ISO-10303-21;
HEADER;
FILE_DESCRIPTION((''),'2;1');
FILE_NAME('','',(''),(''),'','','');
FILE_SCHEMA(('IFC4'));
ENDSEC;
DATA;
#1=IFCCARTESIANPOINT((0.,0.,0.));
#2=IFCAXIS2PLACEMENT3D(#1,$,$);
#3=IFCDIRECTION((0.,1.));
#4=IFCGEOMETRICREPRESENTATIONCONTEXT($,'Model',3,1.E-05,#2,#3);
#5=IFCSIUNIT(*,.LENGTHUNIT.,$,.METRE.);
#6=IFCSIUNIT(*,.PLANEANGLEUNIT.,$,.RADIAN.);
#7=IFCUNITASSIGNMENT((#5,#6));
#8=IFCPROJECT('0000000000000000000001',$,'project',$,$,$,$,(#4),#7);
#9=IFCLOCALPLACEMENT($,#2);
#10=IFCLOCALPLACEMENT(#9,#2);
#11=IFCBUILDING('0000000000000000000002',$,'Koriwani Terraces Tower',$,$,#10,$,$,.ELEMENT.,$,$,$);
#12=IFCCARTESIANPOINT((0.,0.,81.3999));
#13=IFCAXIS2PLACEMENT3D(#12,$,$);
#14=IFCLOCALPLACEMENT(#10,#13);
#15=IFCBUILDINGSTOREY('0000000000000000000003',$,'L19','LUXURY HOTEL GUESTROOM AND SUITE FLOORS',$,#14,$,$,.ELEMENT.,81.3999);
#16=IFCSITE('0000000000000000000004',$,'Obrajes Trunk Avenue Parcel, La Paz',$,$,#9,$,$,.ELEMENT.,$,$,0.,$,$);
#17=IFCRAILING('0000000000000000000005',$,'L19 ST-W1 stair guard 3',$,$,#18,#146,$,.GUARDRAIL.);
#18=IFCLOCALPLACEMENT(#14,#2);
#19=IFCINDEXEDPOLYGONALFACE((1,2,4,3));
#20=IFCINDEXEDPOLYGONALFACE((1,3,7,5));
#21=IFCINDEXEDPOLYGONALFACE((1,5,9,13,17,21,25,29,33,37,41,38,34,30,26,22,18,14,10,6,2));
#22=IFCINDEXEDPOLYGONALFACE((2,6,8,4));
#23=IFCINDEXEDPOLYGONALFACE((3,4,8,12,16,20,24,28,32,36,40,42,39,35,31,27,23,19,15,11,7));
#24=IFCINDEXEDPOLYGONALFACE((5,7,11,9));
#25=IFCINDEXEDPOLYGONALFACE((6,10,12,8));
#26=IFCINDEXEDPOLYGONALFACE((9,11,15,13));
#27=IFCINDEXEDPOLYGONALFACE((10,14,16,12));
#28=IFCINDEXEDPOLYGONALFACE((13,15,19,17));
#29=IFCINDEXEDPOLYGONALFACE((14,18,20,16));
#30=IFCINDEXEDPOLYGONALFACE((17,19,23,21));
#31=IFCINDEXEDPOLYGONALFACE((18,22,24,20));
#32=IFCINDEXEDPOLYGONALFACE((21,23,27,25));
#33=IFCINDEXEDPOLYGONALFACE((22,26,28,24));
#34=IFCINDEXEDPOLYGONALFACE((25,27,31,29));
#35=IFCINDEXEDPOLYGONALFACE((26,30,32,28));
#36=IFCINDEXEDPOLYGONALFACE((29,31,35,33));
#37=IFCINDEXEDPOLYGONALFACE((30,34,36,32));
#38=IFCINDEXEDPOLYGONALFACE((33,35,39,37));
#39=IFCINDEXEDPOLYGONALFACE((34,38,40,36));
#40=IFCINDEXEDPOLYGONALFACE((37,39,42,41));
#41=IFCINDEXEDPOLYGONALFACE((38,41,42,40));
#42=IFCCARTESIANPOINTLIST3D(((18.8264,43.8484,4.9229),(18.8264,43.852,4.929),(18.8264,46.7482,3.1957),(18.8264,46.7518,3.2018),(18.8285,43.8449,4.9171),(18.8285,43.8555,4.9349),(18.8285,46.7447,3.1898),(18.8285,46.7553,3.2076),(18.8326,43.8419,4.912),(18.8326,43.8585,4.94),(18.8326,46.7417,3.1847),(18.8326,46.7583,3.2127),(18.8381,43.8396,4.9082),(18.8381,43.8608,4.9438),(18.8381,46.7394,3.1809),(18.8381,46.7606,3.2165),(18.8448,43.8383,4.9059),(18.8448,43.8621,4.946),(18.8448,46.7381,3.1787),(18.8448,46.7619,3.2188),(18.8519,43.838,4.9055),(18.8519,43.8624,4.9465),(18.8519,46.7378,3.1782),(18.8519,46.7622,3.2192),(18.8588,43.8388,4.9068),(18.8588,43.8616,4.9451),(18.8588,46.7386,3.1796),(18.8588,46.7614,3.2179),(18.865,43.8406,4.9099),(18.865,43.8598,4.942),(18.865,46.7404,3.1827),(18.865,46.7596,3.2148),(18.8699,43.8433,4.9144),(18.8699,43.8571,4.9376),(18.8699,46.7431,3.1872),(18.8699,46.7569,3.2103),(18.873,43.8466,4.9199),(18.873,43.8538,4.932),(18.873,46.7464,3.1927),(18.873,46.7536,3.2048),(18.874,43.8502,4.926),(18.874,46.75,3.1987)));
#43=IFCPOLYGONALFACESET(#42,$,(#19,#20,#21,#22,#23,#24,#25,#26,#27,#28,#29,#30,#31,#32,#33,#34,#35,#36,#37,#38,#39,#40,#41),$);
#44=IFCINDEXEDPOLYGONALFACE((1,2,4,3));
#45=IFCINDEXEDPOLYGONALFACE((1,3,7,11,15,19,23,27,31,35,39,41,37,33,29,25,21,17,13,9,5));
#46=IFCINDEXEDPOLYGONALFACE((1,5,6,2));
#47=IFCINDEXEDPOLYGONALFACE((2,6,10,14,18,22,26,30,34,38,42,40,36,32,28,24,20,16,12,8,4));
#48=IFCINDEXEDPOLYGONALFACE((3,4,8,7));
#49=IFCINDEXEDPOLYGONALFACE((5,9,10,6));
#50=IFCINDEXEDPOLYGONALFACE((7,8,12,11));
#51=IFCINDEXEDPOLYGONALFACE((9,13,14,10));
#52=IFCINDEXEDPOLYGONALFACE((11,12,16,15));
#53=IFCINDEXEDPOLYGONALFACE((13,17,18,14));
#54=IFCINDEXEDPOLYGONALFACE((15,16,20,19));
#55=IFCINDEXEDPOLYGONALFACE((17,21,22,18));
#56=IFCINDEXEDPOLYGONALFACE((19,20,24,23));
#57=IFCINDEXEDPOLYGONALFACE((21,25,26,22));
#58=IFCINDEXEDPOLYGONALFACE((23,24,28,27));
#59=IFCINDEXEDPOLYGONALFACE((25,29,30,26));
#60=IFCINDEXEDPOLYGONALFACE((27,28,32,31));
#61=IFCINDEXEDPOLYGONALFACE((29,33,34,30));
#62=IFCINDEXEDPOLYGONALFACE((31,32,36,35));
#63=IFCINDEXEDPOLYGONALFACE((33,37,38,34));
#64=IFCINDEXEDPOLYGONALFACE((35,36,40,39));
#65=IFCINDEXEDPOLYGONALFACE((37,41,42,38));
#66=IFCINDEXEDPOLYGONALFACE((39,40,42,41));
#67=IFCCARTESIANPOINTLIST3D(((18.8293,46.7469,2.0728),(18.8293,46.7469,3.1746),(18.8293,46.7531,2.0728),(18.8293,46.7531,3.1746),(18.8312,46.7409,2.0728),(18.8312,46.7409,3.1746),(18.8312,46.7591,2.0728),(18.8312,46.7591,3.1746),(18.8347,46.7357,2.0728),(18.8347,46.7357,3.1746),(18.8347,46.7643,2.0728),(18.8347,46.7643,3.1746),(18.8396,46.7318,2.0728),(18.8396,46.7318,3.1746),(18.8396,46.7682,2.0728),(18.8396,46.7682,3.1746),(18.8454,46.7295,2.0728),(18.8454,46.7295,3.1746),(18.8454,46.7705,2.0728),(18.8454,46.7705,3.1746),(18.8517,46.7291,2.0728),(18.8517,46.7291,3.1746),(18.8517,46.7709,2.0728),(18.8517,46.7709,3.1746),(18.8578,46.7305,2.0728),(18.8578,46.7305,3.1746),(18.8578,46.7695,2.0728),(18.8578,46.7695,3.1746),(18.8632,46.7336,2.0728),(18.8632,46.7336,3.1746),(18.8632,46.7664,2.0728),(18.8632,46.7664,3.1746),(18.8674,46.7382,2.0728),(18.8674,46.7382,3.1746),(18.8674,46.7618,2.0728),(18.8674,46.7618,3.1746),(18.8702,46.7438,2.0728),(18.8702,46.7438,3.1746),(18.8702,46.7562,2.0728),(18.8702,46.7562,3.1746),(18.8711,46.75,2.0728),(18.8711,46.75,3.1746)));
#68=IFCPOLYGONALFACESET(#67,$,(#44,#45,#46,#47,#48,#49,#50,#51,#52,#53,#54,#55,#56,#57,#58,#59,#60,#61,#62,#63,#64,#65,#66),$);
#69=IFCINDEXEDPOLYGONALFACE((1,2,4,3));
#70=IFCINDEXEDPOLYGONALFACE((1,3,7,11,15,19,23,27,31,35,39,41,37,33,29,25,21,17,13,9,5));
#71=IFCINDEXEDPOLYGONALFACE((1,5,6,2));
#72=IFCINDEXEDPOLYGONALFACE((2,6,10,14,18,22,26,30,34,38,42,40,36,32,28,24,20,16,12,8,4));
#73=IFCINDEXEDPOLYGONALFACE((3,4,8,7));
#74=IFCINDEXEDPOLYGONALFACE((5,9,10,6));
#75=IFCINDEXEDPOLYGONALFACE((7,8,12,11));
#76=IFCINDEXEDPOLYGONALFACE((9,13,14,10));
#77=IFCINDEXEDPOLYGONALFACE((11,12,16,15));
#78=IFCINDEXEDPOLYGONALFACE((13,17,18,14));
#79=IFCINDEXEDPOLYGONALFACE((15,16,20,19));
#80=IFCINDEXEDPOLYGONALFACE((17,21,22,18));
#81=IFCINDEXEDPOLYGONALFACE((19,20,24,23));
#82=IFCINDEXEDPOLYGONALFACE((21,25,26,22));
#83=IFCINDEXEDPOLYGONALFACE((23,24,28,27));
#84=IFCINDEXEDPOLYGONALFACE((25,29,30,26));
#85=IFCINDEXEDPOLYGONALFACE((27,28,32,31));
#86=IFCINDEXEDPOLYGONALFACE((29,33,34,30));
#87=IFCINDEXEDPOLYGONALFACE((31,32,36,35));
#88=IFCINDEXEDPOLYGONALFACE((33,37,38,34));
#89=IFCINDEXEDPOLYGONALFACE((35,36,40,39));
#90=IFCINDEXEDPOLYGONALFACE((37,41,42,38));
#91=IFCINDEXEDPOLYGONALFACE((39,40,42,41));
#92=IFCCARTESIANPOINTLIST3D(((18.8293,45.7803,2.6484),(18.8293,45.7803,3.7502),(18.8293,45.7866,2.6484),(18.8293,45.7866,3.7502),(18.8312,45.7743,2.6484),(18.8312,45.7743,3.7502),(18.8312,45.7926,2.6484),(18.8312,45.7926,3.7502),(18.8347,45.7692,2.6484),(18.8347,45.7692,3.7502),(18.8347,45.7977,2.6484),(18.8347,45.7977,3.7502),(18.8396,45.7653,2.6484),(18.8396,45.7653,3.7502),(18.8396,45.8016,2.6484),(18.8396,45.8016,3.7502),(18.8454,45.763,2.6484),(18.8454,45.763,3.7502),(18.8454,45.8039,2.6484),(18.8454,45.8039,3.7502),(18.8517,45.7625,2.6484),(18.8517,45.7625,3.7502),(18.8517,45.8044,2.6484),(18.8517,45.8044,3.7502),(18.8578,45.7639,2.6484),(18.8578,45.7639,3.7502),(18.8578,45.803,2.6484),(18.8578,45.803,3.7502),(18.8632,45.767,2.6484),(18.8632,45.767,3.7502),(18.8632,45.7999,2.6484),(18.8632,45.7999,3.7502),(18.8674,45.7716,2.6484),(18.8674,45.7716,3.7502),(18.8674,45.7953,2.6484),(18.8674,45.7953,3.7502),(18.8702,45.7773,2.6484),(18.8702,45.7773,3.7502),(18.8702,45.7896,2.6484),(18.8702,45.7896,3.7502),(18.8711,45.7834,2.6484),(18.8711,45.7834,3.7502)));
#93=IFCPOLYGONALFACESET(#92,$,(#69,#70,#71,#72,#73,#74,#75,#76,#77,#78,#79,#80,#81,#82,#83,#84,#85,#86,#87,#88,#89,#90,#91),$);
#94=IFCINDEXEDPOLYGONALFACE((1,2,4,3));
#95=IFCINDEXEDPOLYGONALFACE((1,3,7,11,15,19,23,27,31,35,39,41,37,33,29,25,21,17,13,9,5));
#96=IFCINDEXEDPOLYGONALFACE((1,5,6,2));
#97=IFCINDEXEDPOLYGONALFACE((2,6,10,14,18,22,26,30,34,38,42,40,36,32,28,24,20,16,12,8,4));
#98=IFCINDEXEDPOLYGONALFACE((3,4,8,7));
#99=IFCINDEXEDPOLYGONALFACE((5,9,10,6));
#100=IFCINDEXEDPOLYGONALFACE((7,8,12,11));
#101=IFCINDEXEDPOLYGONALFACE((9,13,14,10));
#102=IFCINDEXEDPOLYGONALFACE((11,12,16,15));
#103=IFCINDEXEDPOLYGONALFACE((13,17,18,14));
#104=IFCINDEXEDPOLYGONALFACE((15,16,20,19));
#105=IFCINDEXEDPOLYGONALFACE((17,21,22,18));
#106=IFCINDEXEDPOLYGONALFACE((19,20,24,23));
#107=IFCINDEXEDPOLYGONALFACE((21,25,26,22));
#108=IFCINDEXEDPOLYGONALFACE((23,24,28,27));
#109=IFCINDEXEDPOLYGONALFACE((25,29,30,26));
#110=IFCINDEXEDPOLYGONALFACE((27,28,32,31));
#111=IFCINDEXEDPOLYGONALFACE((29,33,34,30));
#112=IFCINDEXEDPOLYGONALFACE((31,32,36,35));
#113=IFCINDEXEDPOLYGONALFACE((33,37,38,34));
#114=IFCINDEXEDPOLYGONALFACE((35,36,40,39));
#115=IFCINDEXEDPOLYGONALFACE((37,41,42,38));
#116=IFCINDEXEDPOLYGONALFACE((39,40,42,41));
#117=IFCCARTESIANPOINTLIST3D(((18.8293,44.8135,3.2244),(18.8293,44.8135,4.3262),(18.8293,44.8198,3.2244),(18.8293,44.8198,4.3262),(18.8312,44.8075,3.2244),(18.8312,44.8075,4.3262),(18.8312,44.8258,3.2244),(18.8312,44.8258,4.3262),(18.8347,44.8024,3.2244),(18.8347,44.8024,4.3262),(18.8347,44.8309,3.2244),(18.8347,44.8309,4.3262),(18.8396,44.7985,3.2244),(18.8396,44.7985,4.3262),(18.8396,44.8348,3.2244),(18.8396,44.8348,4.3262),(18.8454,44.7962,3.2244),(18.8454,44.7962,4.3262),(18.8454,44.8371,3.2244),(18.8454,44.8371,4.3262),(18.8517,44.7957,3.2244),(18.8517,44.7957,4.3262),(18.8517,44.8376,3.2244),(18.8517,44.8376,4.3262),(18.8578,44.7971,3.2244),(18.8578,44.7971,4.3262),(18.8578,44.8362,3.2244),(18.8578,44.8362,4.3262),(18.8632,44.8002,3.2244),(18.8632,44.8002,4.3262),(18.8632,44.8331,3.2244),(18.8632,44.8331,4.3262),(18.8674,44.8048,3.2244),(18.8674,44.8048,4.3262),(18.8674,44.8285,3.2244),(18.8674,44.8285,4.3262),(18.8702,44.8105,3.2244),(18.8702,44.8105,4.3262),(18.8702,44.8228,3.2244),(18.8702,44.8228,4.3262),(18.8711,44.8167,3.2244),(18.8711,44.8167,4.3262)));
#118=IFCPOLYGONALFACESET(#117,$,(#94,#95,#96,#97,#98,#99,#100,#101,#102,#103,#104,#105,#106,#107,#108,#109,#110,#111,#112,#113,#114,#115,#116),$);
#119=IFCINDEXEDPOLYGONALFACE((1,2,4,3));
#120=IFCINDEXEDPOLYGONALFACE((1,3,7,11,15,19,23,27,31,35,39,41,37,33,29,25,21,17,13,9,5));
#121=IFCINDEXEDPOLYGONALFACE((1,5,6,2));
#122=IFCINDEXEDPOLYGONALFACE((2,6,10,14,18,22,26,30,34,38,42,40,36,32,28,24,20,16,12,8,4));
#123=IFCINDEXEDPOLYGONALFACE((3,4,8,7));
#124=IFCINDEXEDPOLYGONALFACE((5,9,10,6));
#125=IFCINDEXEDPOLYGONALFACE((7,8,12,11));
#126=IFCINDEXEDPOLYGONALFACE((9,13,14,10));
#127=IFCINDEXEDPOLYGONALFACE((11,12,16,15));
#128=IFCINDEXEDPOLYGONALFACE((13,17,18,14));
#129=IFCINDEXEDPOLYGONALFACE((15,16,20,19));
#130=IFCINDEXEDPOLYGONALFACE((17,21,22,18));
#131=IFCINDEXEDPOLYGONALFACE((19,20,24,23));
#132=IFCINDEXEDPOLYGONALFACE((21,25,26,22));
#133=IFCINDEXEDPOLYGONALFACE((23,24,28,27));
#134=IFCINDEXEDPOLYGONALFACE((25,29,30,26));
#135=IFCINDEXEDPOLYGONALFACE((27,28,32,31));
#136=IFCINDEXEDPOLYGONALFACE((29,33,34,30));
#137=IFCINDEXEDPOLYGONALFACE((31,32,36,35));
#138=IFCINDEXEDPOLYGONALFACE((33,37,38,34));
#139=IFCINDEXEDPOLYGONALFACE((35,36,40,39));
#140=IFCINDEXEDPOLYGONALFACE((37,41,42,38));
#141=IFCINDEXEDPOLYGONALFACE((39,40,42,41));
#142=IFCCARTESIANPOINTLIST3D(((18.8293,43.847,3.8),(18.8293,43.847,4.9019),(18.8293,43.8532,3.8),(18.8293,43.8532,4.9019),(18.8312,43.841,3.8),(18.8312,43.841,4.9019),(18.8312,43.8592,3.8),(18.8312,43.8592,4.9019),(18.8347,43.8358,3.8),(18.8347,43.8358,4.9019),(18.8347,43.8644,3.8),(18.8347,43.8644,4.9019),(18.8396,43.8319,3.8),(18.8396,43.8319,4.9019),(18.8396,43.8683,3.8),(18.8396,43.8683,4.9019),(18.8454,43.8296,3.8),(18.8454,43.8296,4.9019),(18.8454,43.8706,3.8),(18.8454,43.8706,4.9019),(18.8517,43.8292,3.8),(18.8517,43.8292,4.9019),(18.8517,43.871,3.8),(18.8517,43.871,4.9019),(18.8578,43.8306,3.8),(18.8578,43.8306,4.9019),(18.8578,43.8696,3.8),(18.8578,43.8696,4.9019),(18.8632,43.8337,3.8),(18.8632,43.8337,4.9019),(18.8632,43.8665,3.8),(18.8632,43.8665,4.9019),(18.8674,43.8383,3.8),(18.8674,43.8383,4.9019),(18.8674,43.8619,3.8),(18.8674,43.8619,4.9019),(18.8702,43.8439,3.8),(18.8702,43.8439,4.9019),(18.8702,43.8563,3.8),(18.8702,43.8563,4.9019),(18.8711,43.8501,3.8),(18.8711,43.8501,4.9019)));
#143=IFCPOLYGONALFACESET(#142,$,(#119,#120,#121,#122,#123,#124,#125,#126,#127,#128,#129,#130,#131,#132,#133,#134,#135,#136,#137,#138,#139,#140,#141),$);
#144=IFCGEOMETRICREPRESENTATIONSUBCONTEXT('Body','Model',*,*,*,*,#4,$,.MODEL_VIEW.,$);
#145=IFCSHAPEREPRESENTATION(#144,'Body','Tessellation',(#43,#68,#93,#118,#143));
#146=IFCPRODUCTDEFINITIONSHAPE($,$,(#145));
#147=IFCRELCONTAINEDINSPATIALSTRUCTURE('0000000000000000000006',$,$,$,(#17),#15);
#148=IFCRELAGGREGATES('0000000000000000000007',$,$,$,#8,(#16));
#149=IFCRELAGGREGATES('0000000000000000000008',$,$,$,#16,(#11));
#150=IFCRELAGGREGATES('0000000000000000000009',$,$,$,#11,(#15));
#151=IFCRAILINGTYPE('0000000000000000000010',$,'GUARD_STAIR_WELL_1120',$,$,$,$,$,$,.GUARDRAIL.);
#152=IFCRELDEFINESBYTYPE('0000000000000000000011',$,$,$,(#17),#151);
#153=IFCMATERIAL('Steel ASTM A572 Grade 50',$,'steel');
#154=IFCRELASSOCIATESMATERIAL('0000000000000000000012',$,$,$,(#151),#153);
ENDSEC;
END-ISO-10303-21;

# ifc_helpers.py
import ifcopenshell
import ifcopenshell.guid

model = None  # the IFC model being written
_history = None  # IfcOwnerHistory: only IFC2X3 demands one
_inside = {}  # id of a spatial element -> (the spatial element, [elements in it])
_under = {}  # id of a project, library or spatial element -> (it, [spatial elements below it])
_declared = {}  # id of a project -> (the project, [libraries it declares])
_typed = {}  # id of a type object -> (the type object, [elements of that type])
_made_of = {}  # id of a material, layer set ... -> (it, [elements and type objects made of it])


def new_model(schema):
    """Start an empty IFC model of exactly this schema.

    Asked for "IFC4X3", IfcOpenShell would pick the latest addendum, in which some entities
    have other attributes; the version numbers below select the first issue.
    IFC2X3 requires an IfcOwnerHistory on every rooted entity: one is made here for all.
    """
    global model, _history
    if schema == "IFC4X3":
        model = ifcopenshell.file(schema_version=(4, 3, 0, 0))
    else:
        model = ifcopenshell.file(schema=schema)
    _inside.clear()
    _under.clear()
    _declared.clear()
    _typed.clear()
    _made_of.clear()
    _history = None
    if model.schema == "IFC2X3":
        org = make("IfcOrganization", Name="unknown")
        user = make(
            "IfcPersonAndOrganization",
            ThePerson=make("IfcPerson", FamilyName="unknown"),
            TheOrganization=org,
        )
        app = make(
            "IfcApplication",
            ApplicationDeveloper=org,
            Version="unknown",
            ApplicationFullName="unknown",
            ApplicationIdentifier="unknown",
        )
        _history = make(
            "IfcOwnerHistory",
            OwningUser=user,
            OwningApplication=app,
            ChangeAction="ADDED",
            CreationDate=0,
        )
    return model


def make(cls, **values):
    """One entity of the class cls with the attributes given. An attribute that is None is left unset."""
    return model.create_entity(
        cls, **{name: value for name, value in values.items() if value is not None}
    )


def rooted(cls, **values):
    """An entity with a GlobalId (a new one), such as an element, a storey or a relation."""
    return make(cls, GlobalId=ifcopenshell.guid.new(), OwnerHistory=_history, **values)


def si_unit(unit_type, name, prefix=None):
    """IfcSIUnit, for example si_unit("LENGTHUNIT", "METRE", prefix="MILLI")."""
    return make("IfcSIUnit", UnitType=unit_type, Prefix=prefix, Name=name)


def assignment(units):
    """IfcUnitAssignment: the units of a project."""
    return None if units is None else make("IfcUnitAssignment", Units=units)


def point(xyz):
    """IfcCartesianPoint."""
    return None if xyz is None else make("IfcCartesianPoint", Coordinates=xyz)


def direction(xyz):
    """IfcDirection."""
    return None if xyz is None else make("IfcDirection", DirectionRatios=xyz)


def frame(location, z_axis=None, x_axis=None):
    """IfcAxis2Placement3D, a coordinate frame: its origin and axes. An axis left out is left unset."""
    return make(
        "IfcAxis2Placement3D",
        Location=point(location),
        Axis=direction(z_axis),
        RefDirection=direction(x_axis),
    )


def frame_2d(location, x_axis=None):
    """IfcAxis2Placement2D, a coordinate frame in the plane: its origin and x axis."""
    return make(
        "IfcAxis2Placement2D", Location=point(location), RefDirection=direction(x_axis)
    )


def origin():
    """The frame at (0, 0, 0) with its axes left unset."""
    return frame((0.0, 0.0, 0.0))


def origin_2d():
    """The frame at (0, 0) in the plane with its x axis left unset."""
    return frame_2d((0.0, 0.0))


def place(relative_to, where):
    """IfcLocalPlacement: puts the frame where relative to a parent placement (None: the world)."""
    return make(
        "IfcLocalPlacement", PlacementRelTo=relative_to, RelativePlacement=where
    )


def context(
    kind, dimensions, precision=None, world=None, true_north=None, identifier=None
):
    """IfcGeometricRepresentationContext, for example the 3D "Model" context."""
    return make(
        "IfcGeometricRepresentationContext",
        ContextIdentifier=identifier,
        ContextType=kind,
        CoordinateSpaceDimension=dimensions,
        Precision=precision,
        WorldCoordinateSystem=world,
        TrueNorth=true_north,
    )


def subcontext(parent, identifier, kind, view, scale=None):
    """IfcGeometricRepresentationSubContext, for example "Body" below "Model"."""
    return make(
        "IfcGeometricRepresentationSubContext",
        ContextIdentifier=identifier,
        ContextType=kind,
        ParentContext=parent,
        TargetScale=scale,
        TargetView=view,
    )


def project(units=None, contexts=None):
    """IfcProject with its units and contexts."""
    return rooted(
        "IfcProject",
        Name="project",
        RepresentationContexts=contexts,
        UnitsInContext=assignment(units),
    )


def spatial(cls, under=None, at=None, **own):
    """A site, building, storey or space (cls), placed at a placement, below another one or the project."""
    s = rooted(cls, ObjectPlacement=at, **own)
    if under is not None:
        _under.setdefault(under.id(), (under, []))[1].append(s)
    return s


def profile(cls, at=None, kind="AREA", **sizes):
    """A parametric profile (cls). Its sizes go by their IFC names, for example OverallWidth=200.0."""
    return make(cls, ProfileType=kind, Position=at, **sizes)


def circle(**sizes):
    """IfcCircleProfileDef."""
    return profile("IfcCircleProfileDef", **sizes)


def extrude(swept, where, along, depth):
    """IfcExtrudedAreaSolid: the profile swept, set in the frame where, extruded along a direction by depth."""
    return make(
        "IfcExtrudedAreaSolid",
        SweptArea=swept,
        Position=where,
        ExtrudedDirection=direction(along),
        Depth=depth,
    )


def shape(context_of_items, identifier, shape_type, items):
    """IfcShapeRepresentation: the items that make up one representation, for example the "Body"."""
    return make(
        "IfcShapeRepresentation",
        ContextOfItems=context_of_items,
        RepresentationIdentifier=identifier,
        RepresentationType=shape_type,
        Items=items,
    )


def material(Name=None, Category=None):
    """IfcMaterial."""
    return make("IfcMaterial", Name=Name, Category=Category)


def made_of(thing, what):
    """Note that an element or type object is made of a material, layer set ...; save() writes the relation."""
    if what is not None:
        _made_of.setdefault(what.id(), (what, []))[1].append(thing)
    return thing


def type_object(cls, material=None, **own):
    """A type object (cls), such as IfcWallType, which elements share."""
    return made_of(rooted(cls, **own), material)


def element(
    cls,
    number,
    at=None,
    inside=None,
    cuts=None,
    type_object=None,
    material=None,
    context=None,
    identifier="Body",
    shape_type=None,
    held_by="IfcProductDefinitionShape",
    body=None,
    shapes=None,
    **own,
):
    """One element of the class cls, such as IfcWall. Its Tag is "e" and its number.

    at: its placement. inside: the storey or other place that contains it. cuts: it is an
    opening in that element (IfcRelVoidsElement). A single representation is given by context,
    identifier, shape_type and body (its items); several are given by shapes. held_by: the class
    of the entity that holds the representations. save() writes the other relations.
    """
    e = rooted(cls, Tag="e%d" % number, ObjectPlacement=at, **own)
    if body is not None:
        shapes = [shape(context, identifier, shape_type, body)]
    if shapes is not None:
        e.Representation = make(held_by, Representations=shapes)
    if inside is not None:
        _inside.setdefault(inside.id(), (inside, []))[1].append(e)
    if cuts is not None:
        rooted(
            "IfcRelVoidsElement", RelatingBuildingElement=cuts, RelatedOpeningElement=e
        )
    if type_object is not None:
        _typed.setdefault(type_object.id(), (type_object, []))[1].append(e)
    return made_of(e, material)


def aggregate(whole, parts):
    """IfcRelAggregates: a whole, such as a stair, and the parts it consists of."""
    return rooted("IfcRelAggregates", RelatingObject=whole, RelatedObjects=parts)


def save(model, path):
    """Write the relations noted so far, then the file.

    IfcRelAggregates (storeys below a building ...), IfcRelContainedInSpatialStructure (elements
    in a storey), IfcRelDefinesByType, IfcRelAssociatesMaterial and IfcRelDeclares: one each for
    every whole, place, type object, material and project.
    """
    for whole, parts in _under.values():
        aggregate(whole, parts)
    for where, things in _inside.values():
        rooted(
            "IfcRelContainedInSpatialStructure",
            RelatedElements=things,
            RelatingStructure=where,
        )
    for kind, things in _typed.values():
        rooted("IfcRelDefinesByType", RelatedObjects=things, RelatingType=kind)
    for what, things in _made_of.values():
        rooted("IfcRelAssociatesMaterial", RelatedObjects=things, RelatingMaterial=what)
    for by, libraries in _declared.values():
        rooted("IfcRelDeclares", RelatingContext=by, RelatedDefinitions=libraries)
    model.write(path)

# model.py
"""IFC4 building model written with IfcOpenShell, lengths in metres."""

from ifc_helpers import new_model, si_unit, direction, frame, origin, origin_2d, place, context, subcontext, project, spatial, circle, extrude, material, type_object, element, save


model = new_model("IFC4")

# Units and contexts
model_context = context("Model", 3, precision=1e-05, world=origin(), true_north=direction((0.0, 1.0)))
body_context = subcontext(model_context, "Body", "Model", "MODEL_VIEW")
ifc_project = project(units=[si_unit("LENGTHUNIT", "METRE"), si_unit("PLANEANGLEUNIT", "RADIAN")], contexts=[model_context])

# Site, building, storey
site_placement = place(None, origin())
site = spatial("IfcSite", under=ifc_project, at=site_placement, Name="Obrajes Trunk Avenue Parcel, La Paz", CompositionType="ELEMENT", RefElevation=0.0)
building_placement = place(site_placement, origin())
building = spatial("IfcBuilding", under=site, at=building_placement, Name="Koriwani Terraces Tower", CompositionType="ELEMENT")
storey_placement = place(building_placement, frame((0.0, 0.0, 81.3999)))
storey = spatial("IfcBuildingStorey", under=building, at=storey_placement, Name="L19", Description="LUXURY HOTEL GUESTROOM AND SUITE FLOORS", CompositionType="ELEMENT", Elevation=81.3999)

# Shared definitions
ifc_material_1 = material(Name="Steel ASTM A572 Grade 50", Category="steel")

# Railing
railing_type_1 = type_object("IfcRailingType", Name="GUARD_STAIR_WELL_1120", PredefinedType="GUARDRAIL", material=ifc_material_1)
for number, where, name in (
    (1, (18.8501, 46.75, 2.0728), "L19 ST-W1 stair guard 3"),
):
    element("IfcRailing", number, at=place(storey_placement, frame(where)), inside=storey, type_object=railing_type_1, Name=name, PredefinedType="GUARDRAIL", context=body_context, shape_type="SweptSolid", body=[
        extrude(circle(Radius=0.0239, at=origin_2d()), frame((0.0, 0.0, 1.126), z_axis=(0.0, -0.859141, 0.511738), x_axis=(1.0, 0.0, 0.0)), (0.0, 0.0, 1.0), 3.3752),
        extrude(circle(Radius=0.021, at=origin_2d()), origin(), (0.0, 0.0, 1.0), 1.1018),
        extrude(circle(Radius=0.021, at=origin_2d()), frame((0.0, -0.9666, 0.5757)), (0.0, 0.0, 1.0), 1.1018),
        extrude(circle(Radius=0.021, at=origin_2d()), frame((0.0, -1.9333, 1.1516)), (0.0, 0.0, 1.0), 1.1018),
        extrude(circle(Radius=0.021, at=origin_2d()), frame((0.0, -2.8999, 1.7273)), (0.0, 0.0, 1.0), 1.1018),
    ])

save(model, "model.ifc")
